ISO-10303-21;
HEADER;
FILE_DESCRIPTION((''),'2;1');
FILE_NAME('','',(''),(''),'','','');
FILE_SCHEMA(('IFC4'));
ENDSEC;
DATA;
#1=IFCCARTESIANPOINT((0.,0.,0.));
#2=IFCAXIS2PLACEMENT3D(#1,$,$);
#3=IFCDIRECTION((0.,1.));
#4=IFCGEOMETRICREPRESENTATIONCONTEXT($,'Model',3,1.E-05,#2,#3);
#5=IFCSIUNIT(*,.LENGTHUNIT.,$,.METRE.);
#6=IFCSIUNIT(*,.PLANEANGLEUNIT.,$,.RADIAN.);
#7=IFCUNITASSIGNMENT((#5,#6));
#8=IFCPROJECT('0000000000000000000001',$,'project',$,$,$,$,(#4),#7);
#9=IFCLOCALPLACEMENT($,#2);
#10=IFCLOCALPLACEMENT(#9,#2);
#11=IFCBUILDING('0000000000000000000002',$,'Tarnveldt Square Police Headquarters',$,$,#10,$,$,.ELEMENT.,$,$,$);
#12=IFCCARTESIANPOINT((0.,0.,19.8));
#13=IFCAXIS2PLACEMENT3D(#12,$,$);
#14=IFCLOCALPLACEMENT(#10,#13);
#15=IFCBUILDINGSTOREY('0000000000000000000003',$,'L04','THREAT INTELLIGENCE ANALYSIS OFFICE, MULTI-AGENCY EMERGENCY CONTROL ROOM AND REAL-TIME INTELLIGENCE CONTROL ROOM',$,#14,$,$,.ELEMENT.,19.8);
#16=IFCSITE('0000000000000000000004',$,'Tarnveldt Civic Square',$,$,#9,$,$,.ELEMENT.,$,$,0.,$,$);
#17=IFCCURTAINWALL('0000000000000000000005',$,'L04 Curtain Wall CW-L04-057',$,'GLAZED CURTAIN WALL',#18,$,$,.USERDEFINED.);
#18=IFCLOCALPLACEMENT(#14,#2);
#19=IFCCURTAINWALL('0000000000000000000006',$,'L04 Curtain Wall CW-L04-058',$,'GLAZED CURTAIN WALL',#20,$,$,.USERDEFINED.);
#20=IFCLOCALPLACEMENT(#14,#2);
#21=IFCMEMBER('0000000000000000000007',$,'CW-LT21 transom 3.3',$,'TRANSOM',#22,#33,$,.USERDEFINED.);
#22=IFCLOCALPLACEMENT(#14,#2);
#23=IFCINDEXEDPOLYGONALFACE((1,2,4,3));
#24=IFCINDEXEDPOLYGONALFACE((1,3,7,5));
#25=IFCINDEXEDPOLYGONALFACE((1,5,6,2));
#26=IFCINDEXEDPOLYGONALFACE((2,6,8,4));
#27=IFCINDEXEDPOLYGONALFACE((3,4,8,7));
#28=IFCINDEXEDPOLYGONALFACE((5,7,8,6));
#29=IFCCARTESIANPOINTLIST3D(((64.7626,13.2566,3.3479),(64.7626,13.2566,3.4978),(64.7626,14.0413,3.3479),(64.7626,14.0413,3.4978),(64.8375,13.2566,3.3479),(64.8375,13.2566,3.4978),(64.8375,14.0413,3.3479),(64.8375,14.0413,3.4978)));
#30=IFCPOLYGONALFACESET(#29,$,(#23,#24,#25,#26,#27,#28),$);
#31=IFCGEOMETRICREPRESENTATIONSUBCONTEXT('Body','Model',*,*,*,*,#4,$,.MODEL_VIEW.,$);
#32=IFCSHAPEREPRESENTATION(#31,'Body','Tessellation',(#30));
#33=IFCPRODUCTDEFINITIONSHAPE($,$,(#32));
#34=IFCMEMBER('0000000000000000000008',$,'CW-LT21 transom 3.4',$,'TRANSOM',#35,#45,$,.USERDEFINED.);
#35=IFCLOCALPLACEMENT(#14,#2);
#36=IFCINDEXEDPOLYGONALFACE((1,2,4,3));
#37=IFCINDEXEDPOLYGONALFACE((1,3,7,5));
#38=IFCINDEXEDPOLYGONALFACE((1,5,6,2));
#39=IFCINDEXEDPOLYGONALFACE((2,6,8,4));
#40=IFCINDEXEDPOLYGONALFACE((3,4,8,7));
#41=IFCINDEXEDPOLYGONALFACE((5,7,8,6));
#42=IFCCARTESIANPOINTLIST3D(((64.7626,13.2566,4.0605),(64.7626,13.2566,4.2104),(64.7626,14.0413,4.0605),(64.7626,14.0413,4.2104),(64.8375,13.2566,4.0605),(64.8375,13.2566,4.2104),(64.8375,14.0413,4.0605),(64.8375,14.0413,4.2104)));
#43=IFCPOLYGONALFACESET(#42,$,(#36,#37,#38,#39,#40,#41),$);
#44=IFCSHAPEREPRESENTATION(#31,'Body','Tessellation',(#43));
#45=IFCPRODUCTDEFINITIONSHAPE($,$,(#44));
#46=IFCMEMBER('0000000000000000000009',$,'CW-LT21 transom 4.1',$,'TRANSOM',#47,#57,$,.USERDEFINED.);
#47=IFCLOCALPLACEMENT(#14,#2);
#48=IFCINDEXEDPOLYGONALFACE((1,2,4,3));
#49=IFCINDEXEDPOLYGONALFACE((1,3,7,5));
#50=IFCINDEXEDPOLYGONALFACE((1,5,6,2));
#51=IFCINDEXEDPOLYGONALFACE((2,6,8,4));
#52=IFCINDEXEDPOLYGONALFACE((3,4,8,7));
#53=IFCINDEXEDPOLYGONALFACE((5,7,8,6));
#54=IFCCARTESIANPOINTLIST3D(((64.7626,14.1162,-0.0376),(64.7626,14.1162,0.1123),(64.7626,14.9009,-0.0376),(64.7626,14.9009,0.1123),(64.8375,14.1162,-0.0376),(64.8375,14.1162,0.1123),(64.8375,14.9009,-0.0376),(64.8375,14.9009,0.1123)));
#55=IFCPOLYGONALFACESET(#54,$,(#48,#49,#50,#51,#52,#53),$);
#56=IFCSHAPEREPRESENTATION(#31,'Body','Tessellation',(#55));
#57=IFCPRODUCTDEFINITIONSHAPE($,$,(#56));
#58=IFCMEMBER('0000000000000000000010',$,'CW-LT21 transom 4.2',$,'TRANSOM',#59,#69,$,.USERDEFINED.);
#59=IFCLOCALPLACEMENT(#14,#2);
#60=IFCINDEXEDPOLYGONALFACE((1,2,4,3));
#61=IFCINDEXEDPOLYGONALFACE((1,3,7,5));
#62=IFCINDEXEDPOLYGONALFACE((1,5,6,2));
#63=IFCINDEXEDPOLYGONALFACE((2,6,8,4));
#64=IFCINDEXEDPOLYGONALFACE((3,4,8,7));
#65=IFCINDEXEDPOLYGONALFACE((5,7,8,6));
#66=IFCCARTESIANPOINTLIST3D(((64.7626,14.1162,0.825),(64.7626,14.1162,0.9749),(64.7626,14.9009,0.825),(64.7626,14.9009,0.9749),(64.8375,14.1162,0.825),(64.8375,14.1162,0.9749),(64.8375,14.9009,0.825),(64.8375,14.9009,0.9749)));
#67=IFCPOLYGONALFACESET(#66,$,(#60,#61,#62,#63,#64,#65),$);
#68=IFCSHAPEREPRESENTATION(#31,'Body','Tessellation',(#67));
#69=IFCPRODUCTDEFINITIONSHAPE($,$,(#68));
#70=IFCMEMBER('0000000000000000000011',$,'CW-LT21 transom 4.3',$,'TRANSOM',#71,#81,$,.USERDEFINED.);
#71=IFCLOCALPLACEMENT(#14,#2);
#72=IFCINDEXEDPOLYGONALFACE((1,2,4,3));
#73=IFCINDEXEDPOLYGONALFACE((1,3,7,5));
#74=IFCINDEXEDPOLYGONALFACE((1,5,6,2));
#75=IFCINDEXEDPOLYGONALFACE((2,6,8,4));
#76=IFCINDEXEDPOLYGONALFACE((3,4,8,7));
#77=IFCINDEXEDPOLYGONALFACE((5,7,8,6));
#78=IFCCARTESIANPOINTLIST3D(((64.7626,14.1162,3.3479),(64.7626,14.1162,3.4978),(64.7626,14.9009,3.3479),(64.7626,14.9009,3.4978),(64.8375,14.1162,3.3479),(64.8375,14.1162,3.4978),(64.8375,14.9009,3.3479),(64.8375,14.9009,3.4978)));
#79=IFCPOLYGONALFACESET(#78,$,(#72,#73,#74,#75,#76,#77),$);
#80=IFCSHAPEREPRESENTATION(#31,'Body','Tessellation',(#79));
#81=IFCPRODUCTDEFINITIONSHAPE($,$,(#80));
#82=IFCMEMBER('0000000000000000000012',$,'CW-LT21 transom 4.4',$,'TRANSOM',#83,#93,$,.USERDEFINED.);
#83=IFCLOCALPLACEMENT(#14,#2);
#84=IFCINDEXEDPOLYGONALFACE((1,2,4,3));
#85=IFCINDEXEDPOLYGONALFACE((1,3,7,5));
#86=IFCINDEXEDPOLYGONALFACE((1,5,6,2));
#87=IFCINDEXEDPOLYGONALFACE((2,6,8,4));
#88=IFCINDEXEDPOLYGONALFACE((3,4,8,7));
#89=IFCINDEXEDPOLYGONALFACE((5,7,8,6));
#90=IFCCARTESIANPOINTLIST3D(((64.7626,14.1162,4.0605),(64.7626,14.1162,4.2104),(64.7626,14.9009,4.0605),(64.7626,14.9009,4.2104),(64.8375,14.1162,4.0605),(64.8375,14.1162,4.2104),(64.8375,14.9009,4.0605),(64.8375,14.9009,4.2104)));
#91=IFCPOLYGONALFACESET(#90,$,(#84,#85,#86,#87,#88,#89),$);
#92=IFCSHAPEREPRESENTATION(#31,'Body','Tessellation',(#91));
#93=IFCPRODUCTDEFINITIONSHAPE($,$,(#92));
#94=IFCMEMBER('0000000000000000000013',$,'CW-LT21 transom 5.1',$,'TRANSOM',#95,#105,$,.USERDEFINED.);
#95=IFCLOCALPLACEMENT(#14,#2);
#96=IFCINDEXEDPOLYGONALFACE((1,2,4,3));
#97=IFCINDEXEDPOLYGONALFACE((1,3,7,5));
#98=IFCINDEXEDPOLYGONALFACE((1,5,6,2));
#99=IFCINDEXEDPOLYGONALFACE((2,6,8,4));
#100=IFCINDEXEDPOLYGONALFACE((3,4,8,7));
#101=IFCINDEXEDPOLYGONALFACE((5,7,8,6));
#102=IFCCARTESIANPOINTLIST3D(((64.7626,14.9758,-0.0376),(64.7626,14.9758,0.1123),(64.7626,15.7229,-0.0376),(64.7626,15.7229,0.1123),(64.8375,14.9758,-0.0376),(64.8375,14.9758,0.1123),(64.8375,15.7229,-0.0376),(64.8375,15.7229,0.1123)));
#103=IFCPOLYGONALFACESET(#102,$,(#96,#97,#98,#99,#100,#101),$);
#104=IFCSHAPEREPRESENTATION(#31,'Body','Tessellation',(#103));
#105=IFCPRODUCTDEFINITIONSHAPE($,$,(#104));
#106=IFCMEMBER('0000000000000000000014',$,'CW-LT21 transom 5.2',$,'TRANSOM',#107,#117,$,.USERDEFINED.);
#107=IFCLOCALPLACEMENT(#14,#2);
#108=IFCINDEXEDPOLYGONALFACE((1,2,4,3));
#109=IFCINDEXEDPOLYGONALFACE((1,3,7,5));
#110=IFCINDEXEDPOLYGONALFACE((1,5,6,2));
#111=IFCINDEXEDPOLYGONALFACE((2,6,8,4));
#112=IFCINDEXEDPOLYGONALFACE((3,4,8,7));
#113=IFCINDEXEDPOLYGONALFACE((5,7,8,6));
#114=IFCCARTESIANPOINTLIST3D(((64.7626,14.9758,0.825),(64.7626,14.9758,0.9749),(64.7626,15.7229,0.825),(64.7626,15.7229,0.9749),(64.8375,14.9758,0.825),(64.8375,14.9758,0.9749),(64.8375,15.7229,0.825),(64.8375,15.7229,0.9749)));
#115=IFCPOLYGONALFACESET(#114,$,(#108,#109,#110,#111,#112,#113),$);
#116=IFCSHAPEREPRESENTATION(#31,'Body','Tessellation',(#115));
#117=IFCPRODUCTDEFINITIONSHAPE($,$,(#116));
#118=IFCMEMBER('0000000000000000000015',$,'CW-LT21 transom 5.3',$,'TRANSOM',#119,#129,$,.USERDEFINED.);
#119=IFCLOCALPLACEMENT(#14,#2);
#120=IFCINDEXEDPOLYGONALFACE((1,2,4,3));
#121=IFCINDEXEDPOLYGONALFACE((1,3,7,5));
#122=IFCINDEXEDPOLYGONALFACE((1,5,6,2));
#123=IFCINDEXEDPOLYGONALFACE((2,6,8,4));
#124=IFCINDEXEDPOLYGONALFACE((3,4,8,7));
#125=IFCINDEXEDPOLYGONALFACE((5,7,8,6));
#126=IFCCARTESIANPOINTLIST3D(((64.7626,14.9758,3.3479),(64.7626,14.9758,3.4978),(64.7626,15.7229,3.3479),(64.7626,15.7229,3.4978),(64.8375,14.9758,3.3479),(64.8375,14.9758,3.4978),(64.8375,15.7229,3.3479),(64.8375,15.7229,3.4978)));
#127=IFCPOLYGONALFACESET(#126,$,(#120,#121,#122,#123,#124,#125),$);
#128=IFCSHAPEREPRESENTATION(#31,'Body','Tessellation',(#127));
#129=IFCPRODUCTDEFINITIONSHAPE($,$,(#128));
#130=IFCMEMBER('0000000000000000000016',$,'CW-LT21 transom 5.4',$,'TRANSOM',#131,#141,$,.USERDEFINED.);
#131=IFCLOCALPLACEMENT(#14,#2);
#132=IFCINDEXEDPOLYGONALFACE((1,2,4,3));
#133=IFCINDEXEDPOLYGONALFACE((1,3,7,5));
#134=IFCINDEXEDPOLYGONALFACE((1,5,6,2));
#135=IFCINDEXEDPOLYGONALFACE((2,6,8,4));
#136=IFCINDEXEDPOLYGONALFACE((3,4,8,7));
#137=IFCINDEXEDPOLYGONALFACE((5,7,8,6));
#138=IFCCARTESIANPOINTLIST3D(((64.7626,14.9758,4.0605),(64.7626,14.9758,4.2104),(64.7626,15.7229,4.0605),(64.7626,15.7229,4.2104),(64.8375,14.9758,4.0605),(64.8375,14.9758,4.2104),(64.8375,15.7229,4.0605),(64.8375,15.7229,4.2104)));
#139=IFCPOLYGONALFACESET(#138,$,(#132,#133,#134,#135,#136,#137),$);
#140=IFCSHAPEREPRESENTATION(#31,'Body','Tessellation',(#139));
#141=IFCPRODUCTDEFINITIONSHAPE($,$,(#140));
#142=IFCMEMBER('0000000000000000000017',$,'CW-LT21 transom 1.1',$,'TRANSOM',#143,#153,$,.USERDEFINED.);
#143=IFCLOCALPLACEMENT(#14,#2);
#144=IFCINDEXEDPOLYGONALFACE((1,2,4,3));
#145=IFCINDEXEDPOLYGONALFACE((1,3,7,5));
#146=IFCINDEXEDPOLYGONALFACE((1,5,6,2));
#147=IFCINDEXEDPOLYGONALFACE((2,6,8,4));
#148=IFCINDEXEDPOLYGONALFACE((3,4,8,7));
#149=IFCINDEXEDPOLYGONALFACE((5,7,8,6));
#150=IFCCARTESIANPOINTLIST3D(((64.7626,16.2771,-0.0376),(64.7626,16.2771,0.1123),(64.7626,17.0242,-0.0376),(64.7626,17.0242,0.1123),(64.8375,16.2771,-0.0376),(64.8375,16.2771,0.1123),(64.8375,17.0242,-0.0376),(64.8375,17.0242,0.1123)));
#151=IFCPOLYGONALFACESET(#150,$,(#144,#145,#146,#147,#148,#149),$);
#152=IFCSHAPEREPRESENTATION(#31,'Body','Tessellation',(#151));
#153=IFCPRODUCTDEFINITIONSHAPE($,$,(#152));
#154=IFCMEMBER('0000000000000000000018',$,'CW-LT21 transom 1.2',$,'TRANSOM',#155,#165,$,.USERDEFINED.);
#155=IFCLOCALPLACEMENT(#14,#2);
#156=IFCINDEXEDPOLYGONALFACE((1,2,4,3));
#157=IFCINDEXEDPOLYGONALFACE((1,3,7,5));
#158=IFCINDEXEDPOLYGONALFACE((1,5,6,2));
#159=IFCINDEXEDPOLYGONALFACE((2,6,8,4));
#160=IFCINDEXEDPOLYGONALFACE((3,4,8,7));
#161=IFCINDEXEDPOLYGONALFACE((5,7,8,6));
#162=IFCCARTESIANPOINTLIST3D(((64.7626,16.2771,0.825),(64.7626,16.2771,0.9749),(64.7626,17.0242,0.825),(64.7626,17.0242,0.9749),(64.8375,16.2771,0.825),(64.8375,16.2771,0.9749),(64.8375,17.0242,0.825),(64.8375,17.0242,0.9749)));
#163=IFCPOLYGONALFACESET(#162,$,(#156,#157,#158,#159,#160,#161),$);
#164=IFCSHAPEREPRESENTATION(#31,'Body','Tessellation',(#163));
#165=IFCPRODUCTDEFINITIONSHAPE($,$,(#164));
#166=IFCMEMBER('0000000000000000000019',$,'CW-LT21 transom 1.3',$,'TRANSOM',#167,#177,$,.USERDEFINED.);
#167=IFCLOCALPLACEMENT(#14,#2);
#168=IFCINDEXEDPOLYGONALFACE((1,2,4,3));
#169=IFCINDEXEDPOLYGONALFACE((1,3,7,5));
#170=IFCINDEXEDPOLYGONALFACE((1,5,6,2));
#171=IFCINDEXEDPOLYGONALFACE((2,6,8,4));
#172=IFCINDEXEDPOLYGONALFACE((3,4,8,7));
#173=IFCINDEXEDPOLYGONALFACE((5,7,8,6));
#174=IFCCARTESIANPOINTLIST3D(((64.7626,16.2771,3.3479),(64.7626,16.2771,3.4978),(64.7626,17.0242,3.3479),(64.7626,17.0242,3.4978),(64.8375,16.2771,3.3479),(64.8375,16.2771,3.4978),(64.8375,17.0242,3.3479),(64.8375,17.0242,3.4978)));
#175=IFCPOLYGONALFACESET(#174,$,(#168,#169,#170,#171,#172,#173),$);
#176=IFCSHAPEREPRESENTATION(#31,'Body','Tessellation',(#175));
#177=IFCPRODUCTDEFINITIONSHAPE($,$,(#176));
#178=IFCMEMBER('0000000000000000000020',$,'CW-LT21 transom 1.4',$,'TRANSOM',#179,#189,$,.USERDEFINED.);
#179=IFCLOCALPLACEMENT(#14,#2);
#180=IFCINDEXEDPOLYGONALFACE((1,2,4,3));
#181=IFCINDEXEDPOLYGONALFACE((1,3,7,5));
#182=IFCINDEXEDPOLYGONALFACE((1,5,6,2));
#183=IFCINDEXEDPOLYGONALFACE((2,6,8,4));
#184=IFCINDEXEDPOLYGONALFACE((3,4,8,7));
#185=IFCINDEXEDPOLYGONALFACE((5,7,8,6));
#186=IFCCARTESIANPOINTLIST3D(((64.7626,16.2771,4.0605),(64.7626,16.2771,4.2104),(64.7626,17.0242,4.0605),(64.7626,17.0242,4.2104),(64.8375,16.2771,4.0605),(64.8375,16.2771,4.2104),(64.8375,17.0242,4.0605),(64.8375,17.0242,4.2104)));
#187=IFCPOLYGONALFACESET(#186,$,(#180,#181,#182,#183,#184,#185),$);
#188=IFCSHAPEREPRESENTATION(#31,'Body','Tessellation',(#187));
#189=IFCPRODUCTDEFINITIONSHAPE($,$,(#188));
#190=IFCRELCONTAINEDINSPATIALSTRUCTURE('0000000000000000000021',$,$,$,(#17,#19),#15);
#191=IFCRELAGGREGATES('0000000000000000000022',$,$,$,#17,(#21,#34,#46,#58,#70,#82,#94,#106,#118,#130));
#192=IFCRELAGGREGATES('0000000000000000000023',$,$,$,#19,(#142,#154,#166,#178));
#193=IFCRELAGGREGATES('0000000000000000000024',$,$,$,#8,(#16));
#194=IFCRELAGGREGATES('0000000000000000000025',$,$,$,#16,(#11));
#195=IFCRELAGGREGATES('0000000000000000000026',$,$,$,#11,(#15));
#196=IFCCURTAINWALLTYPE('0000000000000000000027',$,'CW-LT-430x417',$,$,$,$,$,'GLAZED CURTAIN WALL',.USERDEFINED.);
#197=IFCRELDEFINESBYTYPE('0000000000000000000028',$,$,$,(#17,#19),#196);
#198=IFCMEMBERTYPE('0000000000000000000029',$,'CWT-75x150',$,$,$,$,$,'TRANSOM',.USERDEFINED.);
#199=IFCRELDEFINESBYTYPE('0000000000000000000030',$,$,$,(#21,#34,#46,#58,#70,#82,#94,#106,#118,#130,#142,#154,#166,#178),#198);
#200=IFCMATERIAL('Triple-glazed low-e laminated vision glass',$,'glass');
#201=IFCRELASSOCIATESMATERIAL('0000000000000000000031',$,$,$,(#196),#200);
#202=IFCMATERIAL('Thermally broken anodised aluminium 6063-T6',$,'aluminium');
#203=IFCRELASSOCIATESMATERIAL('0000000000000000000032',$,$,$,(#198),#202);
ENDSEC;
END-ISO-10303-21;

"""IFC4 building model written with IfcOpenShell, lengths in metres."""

from ifc_helpers import new_model, si_unit, direction, frame, origin, origin_2d, place, context, subcontext, project, spatial, rectangle, extrude, material, material_profile, profile_set, type_object, element, aggregate, save


model = new_model("IFC4")

# Units and contexts
model_context = context("Model", 3, precision=1e-05, world=origin(), true_north=direction((0.0, 1.0)))
body_context = subcontext(model_context, "Body", "Model", "MODEL_VIEW")
ifc_project = project(units=[si_unit("LENGTHUNIT", "METRE"), si_unit("PLANEANGLEUNIT", "RADIAN")], contexts=[model_context])

# Site, building, storey
site_placement = place(None, origin())
site = spatial("IfcSite", under=ifc_project, at=site_placement, Name="Tarnveldt Civic Square", CompositionType="ELEMENT", RefElevation=0.0)
building_placement = place(site_placement, origin())
building = spatial("IfcBuilding", under=site, at=building_placement, Name="Tarnveldt Square Police Headquarters", CompositionType="ELEMENT")
storey_placement = place(building_placement, frame((0.0, 0.0, 19.8)))
storey = spatial("IfcBuildingStorey", under=building, at=storey_placement, Name="L04", Description="THREAT INTELLIGENCE ANALYSIS OFFICE, MULTI-AGENCY EMERGENCY CONTROL ROOM AND REAL-TIME INTELLIGENCE CONTROL ROOM", CompositionType="ELEMENT", Elevation=19.8)

# Curtain wall
ifc_material_1 = material(Name="Triple-glazed low-e laminated vision glass", Category="glass")
curtain_wall_type = type_object("IfcCurtainWallType", Name="CW-LT-430x417", ElementType="GLAZED CURTAIN WALL", PredefinedType="USERDEFINED", material=ifc_material_1)
curtain_wall_1_placement = place(storey_placement, origin())
curtain_wall_1 = element("IfcCurtainWall", 1, at=curtain_wall_1_placement, inside=storey, type_object=curtain_wall_type, Name="L04 Curtain Wall CW-L04-057", ObjectType="GLAZED CURTAIN WALL", PredefinedType="USERDEFINED")
ifc_material_2 = material(Name="Thermally broken anodised aluminium 6063-T6", Category="aluminium")

# Curtain wall
curtain_wall_2_placement = place(storey_placement, origin())
curtain_wall_2 = element("IfcCurtainWall", 2, at=curtain_wall_2_placement, inside=storey, type_object=curtain_wall_type, Name="L04 Curtain Wall CW-L04-058", ObjectType="GLAZED CURTAIN WALL", PredefinedType="USERDEFINED")

# Members
ifc_material_profile_1 = material_profile(ifc_material_2, rectangle(XDim=0.075, YDim=0.1499, at=origin_2d()), Name="CW-T75x150")
ifc_profile_set_1 = profile_set([ifc_material_profile_1], Name="Thermally broken anodised aluminium 6063-T6")
member_type_1 = type_object("IfcMemberType", Name="CWT-75x150", ElementType="TRANSOM", PredefinedType="USERDEFINED", material=ifc_profile_set_1)
member_1_placement = place(storey_placement, frame((64.8, 13.2566, 3.4229), z_axis=(0.0, 1.0, 0.0), x_axis=(-1.0, 0.0, 0.0)))
member_1 = element("IfcMember", 3, at=member_1_placement, type_object=member_type_1, Name="CW-LT21 transom 3.3", ObjectType="TRANSOM", PredefinedType="USERDEFINED", context=body_context, shape_type="SweptSolid", body=[
    extrude(rectangle(XDim=0.075, YDim=0.1499, at=origin_2d()), origin(), (0.0, 0.0, 1.0), 0.7847),
])
member_2_placement = place(storey_placement, frame((64.8, 13.2566, 4.1355), z_axis=(0.0, 1.0, 0.0), x_axis=(-1.0, 0.0, 0.0)))
member_2 = element("IfcMember", 4, at=member_2_placement, type_object=member_type_1, Name="CW-LT21 transom 3.4", ObjectType="TRANSOM", PredefinedType="USERDEFINED", context=body_context, shape_type="SweptSolid", body=[
    extrude(rectangle(XDim=0.075, YDim=0.1499, at=origin_2d()), origin(), (0.0, 0.0, 1.0), 0.7847),
])
member_3_placement = place(storey_placement, frame((64.8, 14.1162, 0.0374), z_axis=(0.0, 1.0, 0.0), x_axis=(-1.0, 0.0, 0.0)))
member_3 = element("IfcMember", 5, at=member_3_placement, type_object=member_type_1, Name="CW-LT21 transom 4.1", ObjectType="TRANSOM", PredefinedType="USERDEFINED", context=body_context, shape_type="SweptSolid", body=[
    extrude(rectangle(XDim=0.075, YDim=0.1499, at=origin_2d()), origin(), (0.0, 0.0, 1.0), 0.7847),
])
member_4_placement = place(storey_placement, frame((64.8, 14.1162, 0.8999), z_axis=(0.0, 1.0, 0.0), x_axis=(-1.0, 0.0, 0.0)))
member_4 = element("IfcMember", 6, at=member_4_placement, type_object=member_type_1, Name="CW-LT21 transom 4.2", ObjectType="TRANSOM", PredefinedType="USERDEFINED", context=body_context, shape_type="SweptSolid", body=[
    extrude(rectangle(XDim=0.075, YDim=0.1499, at=origin_2d()), origin(), (0.0, 0.0, 1.0), 0.7847),
])
member_5_placement = place(storey_placement, frame((64.8, 14.1162, 3.4229), z_axis=(0.0, 1.0, 0.0), x_axis=(-1.0, 0.0, 0.0)))
member_5 = element("IfcMember", 7, at=member_5_placement, type_object=member_type_1, Name="CW-LT21 transom 4.3", ObjectType="TRANSOM", PredefinedType="USERDEFINED", context=body_context, shape_type="SweptSolid", body=[
    extrude(rectangle(XDim=0.075, YDim=0.1499, at=origin_2d()), origin(), (0.0, 0.0, 1.0), 0.7847),
])
member_6_placement = place(storey_placement, frame((64.8, 14.1162, 4.1355), z_axis=(0.0, 1.0, 0.0), x_axis=(-1.0, 0.0, 0.0)))
member_6 = element("IfcMember", 8, at=member_6_placement, type_object=member_type_1, Name="CW-LT21 transom 4.4", ObjectType="TRANSOM", PredefinedType="USERDEFINED", context=body_context, shape_type="SweptSolid", body=[
    extrude(rectangle(XDim=0.075, YDim=0.1499, at=origin_2d()), origin(), (0.0, 0.0, 1.0), 0.7847),
])
member_7_placement = place(storey_placement, frame((64.8, 14.9758, 0.0374), z_axis=(0.0, 1.0, 0.0), x_axis=(-1.0, 0.0, 0.0)))
member_7 = element("IfcMember", 9, at=member_7_placement, type_object=member_type_1, Name="CW-LT21 transom 5.1", ObjectType="TRANSOM", PredefinedType="USERDEFINED", context=body_context, shape_type="SweptSolid", body=[
    extrude(rectangle(XDim=0.075, YDim=0.1499, at=origin_2d()), origin(), (0.0, 0.0, 1.0), 0.7471),
])
member_8_placement = place(storey_placement, frame((64.8, 14.9758, 0.8999), z_axis=(0.0, 1.0, 0.0), x_axis=(-1.0, 0.0, 0.0)))
member_8 = element("IfcMember", 10, at=member_8_placement, type_object=member_type_1, Name="CW-LT21 transom 5.2", ObjectType="TRANSOM", PredefinedType="USERDEFINED", context=body_context, shape_type="SweptSolid", body=[
    extrude(rectangle(XDim=0.075, YDim=0.1499, at=origin_2d()), origin(), (0.0, 0.0, 1.0), 0.7471),
])
member_9_placement = place(storey_placement, frame((64.8, 14.9758, 3.4229), z_axis=(0.0, 1.0, 0.0), x_axis=(-1.0, 0.0, 0.0)))
member_9 = element("IfcMember", 11, at=member_9_placement, type_object=member_type_1, Name="CW-LT21 transom 5.3", ObjectType="TRANSOM", PredefinedType="USERDEFINED", context=body_context, shape_type="SweptSolid", body=[
    extrude(rectangle(XDim=0.075, YDim=0.1499, at=origin_2d()), origin(), (0.0, 0.0, 1.0), 0.7471),
])
member_10_placement = place(storey_placement, frame((64.8, 14.9758, 4.1355), z_axis=(0.0, 1.0, 0.0), x_axis=(-1.0, 0.0, 0.0)))
member_10 = element("IfcMember", 12, at=member_10_placement, type_object=member_type_1, Name="CW-LT21 transom 5.4", ObjectType="TRANSOM", PredefinedType="USERDEFINED", context=body_context, shape_type="SweptSolid", body=[
    extrude(rectangle(XDim=0.075, YDim=0.1499, at=origin_2d()), origin(), (0.0, 0.0, 1.0), 0.7471),
])
member_11_placement = place(storey_placement, frame((64.8, 16.2771, 0.0374), z_axis=(0.0, 1.0, 0.0), x_axis=(-1.0, 0.0, 0.0)))
member_11 = element("IfcMember", 13, at=member_11_placement, type_object=member_type_1, Name="CW-LT21 transom 1.1", ObjectType="TRANSOM", PredefinedType="USERDEFINED", context=body_context, shape_type="SweptSolid", body=[
    extrude(rectangle(XDim=0.075, YDim=0.1499, at=origin_2d()), origin(), (0.0, 0.0, 1.0), 0.7471),
])
member_12_placement = place(storey_placement, frame((64.8, 16.2771, 0.8999), z_axis=(0.0, 1.0, 0.0), x_axis=(-1.0, 0.0, 0.0)))
member_12 = element("IfcMember", 14, at=member_12_placement, type_object=member_type_1, Name="CW-LT21 transom 1.2", ObjectType="TRANSOM", PredefinedType="USERDEFINED", context=body_context, shape_type="SweptSolid", body=[
    extrude(rectangle(XDim=0.075, YDim=0.1499, at=origin_2d()), origin(), (0.0, 0.0, 1.0), 0.7471),
])
member_13_placement = place(storey_placement, frame((64.8, 16.2771, 3.4229), z_axis=(0.0, 1.0, 0.0), x_axis=(-1.0, 0.0, 0.0)))
member_13 = element("IfcMember", 15, at=member_13_placement, type_object=member_type_1, Name="CW-LT21 transom 1.3", ObjectType="TRANSOM", PredefinedType="USERDEFINED", context=body_context, shape_type="SweptSolid", body=[
    extrude(rectangle(XDim=0.075, YDim=0.1499, at=origin_2d()), origin(), (0.0, 0.0, 1.0), 0.7471),
])
member_14_placement = place(storey_placement, frame((64.8, 16.2771, 4.1355), z_axis=(0.0, 1.0, 0.0), x_axis=(-1.0, 0.0, 0.0)))
member_14 = element("IfcMember", 16, at=member_14_placement, type_object=member_type_1, Name="CW-LT21 transom 1.4", ObjectType="TRANSOM", PredefinedType="USERDEFINED", context=body_context, shape_type="SweptSolid", body=[
    extrude(rectangle(XDim=0.075, YDim=0.1499, at=origin_2d()), origin(), (0.0, 0.0, 1.0), 0.7471),
])

aggregate(curtain_wall_1, [member_1, member_2, member_3, member_4, member_5, member_6, member_7, member_8, member_9, member_10])
aggregate(curtain_wall_2, [member_11, member_12, member_13, member_14])

save(model, "model.ifc")
